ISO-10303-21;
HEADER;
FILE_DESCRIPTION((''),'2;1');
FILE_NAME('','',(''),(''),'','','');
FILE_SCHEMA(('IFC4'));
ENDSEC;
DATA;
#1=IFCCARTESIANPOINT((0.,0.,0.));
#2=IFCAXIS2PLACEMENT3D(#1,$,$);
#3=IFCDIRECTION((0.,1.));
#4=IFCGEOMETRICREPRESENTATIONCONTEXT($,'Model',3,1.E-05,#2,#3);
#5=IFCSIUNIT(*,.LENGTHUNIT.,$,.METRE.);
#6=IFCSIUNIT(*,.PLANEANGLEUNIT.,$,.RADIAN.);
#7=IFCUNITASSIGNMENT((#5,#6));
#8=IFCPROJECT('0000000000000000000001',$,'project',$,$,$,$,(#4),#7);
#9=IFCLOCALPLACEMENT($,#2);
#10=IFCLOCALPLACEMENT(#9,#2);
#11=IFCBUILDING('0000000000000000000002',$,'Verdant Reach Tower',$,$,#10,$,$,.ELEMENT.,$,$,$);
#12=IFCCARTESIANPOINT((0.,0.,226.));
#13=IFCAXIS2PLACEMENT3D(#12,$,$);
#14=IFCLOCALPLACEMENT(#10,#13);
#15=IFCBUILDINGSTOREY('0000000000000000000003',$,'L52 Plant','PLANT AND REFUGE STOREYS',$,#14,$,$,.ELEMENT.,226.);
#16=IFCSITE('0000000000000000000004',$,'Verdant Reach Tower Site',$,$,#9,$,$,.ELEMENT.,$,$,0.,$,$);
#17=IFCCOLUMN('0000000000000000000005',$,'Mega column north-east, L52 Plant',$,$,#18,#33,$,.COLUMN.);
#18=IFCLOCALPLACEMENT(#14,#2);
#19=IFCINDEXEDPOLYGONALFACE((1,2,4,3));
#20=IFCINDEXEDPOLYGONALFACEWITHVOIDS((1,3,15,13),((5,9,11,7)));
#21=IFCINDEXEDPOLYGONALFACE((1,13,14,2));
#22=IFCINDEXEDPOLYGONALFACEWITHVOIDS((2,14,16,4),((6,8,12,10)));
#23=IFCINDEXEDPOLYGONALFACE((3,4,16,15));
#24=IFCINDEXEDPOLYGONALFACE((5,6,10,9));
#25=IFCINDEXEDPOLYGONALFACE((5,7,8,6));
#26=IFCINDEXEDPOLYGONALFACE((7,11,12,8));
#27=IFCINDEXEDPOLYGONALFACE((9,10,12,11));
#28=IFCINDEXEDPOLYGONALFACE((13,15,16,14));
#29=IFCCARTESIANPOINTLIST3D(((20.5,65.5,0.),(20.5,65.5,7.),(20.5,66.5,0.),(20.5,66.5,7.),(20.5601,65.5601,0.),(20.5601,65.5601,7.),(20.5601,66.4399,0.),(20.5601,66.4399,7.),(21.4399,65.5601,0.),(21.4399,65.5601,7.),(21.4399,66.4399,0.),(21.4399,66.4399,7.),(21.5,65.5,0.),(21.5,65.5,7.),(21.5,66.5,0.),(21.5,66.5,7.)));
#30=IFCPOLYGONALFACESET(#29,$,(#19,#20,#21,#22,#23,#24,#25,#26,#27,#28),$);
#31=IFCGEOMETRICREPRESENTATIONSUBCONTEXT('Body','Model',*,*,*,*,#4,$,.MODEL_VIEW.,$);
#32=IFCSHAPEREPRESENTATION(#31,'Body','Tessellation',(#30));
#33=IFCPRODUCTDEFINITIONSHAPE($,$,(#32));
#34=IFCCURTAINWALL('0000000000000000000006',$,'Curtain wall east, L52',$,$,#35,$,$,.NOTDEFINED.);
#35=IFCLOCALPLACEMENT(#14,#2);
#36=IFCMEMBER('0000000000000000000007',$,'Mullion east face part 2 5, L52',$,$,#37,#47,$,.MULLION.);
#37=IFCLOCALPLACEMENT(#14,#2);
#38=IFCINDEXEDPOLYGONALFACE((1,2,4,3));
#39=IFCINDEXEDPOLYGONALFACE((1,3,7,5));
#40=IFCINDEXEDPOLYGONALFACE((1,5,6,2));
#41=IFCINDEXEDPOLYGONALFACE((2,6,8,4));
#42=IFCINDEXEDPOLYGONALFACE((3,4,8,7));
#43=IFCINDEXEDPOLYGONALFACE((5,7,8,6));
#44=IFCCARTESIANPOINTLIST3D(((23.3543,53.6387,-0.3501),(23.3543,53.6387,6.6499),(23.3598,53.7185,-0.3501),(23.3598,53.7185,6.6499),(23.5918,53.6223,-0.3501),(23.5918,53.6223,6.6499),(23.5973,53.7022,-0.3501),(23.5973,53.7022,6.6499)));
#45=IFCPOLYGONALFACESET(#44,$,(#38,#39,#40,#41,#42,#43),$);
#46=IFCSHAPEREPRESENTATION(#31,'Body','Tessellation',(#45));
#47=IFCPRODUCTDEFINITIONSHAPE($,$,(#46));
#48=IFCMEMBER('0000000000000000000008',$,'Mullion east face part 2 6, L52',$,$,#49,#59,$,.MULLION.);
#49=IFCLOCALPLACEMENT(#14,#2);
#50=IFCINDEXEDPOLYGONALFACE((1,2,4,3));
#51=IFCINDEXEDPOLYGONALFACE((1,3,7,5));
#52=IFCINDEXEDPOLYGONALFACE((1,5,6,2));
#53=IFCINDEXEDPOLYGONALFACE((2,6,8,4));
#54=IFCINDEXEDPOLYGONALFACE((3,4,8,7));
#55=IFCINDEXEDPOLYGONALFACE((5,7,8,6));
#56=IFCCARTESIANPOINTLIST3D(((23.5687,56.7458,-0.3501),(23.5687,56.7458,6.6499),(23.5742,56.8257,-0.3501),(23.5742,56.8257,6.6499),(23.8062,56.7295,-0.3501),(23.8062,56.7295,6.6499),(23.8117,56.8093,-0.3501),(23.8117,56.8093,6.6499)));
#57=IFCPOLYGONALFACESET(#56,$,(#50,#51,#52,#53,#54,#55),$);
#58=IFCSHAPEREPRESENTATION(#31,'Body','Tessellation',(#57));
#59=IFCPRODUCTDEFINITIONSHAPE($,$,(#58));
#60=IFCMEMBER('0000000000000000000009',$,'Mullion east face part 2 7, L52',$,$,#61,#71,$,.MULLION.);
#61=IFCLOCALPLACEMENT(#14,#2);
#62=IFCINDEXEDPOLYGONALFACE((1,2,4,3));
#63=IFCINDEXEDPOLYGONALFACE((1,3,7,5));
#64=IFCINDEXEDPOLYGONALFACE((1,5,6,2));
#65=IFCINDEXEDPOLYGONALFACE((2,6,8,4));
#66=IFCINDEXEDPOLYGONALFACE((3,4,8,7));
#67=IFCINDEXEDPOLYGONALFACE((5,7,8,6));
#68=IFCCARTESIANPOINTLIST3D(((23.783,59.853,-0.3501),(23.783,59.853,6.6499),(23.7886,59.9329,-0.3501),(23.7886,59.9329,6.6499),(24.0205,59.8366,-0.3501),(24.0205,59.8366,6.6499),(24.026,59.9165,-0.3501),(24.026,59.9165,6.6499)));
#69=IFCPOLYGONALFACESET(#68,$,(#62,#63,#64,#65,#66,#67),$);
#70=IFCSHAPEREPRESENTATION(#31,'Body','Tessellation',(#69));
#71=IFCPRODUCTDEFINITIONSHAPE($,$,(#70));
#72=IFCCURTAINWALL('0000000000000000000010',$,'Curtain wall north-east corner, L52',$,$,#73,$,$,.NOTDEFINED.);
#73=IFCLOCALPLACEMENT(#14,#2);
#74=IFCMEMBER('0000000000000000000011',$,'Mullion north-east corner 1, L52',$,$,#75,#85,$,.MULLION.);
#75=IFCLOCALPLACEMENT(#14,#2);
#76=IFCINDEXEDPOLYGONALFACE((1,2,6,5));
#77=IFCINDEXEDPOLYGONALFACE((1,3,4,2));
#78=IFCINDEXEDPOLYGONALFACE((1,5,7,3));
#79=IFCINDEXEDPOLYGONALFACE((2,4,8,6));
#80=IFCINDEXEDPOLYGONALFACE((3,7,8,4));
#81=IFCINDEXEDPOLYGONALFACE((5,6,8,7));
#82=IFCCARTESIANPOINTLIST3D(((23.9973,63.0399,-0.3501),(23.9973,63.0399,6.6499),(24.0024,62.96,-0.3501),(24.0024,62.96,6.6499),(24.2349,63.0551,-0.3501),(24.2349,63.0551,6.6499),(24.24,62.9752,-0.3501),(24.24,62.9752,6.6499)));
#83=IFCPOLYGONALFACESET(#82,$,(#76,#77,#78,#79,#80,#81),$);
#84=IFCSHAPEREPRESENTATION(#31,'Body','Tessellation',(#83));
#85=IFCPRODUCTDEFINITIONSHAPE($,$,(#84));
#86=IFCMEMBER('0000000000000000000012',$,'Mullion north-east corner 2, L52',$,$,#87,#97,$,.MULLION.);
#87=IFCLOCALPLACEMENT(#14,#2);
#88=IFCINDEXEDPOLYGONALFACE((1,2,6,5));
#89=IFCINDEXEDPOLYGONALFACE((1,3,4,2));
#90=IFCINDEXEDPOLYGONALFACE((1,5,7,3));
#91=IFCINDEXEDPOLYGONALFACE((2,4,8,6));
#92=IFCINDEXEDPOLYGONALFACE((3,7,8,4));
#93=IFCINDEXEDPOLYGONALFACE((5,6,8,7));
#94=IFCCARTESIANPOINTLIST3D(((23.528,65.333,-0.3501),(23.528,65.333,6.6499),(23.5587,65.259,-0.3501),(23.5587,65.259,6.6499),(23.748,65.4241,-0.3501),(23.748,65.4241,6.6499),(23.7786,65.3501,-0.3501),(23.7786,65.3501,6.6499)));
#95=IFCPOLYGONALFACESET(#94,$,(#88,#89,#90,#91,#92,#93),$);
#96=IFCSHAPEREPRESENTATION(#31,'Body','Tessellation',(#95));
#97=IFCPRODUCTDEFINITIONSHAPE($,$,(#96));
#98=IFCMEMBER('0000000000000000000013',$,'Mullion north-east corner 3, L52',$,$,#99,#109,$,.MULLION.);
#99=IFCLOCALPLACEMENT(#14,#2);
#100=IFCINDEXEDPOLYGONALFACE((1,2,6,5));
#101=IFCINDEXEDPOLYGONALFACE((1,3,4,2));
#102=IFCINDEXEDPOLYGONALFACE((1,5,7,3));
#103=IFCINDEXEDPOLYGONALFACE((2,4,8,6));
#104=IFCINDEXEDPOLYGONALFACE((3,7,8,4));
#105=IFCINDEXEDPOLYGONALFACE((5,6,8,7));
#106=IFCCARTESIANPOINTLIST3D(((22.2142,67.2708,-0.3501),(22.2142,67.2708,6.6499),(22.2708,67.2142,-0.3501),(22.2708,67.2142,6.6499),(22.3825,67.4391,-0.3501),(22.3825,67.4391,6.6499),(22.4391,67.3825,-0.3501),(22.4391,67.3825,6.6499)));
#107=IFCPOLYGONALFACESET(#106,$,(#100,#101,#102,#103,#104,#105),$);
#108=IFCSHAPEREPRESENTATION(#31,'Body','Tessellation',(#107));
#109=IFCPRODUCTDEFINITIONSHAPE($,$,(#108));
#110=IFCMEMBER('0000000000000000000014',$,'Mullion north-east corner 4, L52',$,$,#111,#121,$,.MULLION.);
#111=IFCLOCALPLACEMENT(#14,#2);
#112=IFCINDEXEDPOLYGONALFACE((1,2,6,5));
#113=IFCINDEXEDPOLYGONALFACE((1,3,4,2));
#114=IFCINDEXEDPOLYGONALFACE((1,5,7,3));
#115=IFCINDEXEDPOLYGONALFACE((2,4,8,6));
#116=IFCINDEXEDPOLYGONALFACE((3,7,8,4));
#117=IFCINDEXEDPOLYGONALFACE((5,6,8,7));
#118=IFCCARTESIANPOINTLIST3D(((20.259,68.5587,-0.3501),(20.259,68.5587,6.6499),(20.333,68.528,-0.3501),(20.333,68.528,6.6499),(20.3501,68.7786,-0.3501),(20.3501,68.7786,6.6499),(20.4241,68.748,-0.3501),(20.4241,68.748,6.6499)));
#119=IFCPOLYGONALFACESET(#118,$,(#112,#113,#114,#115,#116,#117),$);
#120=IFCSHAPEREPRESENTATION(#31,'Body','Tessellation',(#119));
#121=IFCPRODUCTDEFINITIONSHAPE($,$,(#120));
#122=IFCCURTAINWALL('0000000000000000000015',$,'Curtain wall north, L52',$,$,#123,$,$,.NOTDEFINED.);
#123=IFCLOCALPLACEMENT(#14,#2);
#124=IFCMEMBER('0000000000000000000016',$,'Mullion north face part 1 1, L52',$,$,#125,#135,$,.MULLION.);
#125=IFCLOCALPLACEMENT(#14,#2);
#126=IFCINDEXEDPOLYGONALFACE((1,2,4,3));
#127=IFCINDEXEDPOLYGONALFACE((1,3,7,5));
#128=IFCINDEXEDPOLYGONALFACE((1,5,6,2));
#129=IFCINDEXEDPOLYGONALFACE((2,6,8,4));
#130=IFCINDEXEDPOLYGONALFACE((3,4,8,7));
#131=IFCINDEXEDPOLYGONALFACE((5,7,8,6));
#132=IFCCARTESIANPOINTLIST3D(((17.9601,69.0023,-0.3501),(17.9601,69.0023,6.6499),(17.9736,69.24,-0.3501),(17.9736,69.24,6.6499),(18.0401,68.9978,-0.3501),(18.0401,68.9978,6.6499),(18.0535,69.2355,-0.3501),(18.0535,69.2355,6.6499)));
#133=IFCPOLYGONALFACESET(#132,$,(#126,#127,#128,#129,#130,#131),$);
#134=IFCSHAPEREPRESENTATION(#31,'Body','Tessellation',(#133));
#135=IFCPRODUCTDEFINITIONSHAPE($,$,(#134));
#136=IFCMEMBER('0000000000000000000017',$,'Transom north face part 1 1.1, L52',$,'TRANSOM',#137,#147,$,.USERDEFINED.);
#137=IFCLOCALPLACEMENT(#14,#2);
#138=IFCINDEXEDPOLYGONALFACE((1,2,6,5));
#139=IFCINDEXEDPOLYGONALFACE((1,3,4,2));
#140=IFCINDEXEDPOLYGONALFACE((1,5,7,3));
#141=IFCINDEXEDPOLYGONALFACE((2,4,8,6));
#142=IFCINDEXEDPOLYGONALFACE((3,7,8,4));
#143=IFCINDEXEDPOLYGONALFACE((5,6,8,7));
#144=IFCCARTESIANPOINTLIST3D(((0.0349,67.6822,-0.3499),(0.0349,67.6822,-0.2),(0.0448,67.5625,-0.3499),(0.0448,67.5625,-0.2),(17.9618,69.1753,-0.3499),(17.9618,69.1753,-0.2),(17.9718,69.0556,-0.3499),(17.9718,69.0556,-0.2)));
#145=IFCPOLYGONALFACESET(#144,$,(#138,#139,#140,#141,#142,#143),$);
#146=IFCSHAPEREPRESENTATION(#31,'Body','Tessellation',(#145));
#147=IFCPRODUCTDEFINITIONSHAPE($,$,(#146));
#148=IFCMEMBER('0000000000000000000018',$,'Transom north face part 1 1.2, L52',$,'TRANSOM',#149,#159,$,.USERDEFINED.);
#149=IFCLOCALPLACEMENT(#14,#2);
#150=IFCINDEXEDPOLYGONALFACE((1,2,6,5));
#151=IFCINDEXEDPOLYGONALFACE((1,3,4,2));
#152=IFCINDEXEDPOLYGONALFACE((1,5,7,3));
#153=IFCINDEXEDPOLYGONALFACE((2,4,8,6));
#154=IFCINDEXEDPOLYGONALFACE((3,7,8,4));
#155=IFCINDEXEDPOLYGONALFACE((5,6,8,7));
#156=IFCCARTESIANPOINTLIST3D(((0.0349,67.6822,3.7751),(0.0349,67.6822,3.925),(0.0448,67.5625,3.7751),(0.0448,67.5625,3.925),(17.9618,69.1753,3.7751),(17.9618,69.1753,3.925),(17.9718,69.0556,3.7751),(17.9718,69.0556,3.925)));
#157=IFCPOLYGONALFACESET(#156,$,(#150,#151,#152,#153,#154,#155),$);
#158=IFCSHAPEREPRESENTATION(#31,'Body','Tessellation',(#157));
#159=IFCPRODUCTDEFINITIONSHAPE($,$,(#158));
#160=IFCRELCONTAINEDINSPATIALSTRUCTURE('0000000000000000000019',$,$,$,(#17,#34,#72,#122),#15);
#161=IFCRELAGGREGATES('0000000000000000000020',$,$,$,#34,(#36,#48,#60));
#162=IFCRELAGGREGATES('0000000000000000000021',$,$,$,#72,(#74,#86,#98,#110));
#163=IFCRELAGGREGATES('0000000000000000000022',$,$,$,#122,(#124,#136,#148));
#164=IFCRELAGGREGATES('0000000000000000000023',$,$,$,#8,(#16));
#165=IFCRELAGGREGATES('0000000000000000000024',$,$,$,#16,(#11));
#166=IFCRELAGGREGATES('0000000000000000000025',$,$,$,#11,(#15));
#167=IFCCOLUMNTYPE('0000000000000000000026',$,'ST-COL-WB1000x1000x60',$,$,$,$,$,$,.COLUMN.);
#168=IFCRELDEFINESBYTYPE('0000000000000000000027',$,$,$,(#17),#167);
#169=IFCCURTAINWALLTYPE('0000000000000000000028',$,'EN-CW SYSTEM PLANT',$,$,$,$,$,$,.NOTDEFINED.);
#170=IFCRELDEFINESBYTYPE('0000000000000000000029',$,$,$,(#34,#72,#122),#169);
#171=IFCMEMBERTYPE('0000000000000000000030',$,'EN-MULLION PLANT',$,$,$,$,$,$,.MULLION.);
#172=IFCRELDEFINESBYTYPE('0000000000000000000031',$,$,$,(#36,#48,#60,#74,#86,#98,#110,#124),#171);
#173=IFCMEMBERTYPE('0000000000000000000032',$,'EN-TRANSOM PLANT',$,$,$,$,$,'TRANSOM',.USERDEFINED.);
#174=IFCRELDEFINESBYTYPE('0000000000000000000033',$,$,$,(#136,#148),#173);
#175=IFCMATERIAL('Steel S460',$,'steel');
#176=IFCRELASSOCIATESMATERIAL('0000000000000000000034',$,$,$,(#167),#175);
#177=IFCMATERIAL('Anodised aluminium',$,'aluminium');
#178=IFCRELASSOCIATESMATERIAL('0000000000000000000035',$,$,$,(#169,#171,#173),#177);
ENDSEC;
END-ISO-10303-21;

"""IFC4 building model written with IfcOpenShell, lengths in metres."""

from ifc_helpers import new_model, si_unit, direction, frame, origin, origin_2d, place, context, subcontext, project, spatial, rectangle, hollow_rectangle, extrude, material, material_profile, profile_set, type_object, element, aggregate, save


model = new_model("IFC4")

# Units and contexts
model_context = context("Model", 3, precision=1e-05, world=origin(), true_north=direction((0.0, 1.0)))
body_context = subcontext(model_context, "Body", "Model", "MODEL_VIEW")
ifc_project = project(units=[si_unit("LENGTHUNIT", "METRE"), si_unit("PLANEANGLEUNIT", "RADIAN")], contexts=[model_context])

# Site, building, storey
site_placement = place(None, origin())
site = spatial("IfcSite", under=ifc_project, at=site_placement, Name="Verdant Reach Tower Site", CompositionType="ELEMENT", RefElevation=0.0)
building_placement = place(site_placement, origin())
building = spatial("IfcBuilding", under=site, at=building_placement, Name="Verdant Reach Tower", CompositionType="ELEMENT")
storey_placement = place(building_placement, frame((0.0, 0.0, 226.0)))
storey = spatial("IfcBuildingStorey", under=building, at=storey_placement, Name="L52 Plant", Description="PLANT AND REFUGE STOREYS", CompositionType="ELEMENT", Elevation=226.0)

# Column
ifc_material_1 = material(Name="Steel S460", Category="steel")
ifc_material_profile_1 = material_profile(ifc_material_1, hollow_rectangle(XDim=1.0, YDim=1.0, WallThickness=0.0601, at=origin_2d()), Name="WB 1000x1000x60")
ifc_profile_set_1 = profile_set([ifc_material_profile_1], Name="Steel S460")
column_type = type_object("IfcColumnType", Name="ST-COL-WB1000x1000x60", PredefinedType="COLUMN", material=ifc_profile_set_1)
column_placement = place(storey_placement, frame((21.0, 66.0, 0.0), z_axis=(0.0, 0.0, 1.0), x_axis=(1.0, 0.0, 0.0)))
element("IfcColumn", 1, at=column_placement, inside=storey, type_object=column_type, Name="Mega column north-east, L52 Plant", PredefinedType="COLUMN", context=body_context, shape_type="SweptSolid", body=[
    extrude(hollow_rectangle(XDim=1.0, YDim=1.0, WallThickness=0.0601, at=origin_2d()), origin(), (0.0, 0.0, 1.0), 7.0),
])

# Curtain walls, members
ifc_material_2 = material(Name="Anodised aluminium", Category="aluminium")
curtain_wall_type = type_object("IfcCurtainWallType", Name="EN-CW SYSTEM PLANT", PredefinedType="NOTDEFINED", material=ifc_material_2)
curtain_wall_1_placement = place(storey_placement, origin())
curtain_wall_1 = element("IfcCurtainWall", 2, at=curtain_wall_1_placement, inside=storey, type_object=curtain_wall_type, Name="Curtain wall east, L52", PredefinedType="NOTDEFINED")
ifc_material_profile_2 = material_profile(ifc_material_2, rectangle(XDim=0.238, YDim=0.0801, at=origin_2d()), Name="Mullion 80x240")
ifc_profile_set_2 = profile_set([ifc_material_profile_2], Name="Anodised aluminium")
member_type_1 = type_object("IfcMemberType", Name="EN-MULLION PLANT", PredefinedType="MULLION", material=ifc_profile_set_2)
member_1_placement = place(storey_placement, frame((23.4758, 53.6704, -0.3501), z_axis=(0.0, 0.0, 1.0), x_axis=(0.99763, -0.068802, 0.0)))
member_1 = element("IfcMember", 3, at=member_1_placement, type_object=member_type_1, Name="Mullion east face part 2 5, L52", PredefinedType="MULLION", context=body_context, shape_type="SweptSolid", body=[
    extrude(rectangle(XDim=0.238, YDim=0.0801, at=origin_2d()), origin(), (0.0, 0.0, 1.0), 7.0),
])
member_2_placement = place(storey_placement, frame((23.6902, 56.7776, -0.3501), z_axis=(0.0, 0.0, 1.0), x_axis=(0.99763, -0.068802, 0.0)))
member_2 = element("IfcMember", 4, at=member_2_placement, type_object=member_type_1, Name="Mullion east face part 2 6, L52", PredefinedType="MULLION", context=body_context, shape_type="SweptSolid", body=[
    extrude(rectangle(XDim=0.238, YDim=0.0801, at=origin_2d()), origin(), (0.0, 0.0, 1.0), 7.0),
])
member_3_placement = place(storey_placement, frame((23.9045, 59.8848, -0.3501), z_axis=(0.0, 0.0, 1.0), x_axis=(0.99763, -0.068802, 0.0)))
member_3 = element("IfcMember", 5, at=member_3_placement, type_object=member_type_1, Name="Mullion east face part 2 7, L52", PredefinedType="MULLION", context=body_context, shape_type="SweptSolid", body=[
    extrude(rectangle(XDim=0.238, YDim=0.0801, at=origin_2d()), origin(), (0.0, 0.0, 1.0), 7.0),
])
curtain_wall_2_placement = place(storey_placement, origin())
curtain_wall_2 = element("IfcCurtainWall", 6, at=curtain_wall_2_placement, inside=storey, type_object=curtain_wall_type, Name="Curtain wall north-east corner, L52", PredefinedType="NOTDEFINED")
member_4_placement = place(storey_placement, frame((24.1187, 63.0076, -0.3501), z_axis=(0.0, 0.0, 1.0), x_axis=(0.997969, 0.063699, 0.0)))
member_4 = element("IfcMember", 7, at=member_4_placement, type_object=member_type_1, Name="Mullion north-east corner 1, L52", PredefinedType="MULLION", context=body_context, shape_type="SweptSolid", body=[
    extrude(rectangle(XDim=0.238, YDim=0.0801, at=origin_2d()), origin(), (0.0, 0.0, 1.0), 7.0),
])
member_5_placement = place(storey_placement, frame((23.6533, 65.3416, -0.3501), z_axis=(0.0, 0.0, 1.0), x_axis=(0.923875, 0.382694, 0.0)))
member_5 = element("IfcMember", 8, at=member_5_placement, type_object=member_type_1, Name="Mullion north-east corner 2, L52", PredefinedType="MULLION", context=body_context, shape_type="SweptSolid", body=[
    extrude(rectangle(XDim=0.238, YDim=0.0801, at=origin_2d()), origin(), (0.0, 0.0, 1.0), 7.0),
])
member_6_placement = place(storey_placement, frame((22.3267, 67.3267, -0.3501), z_axis=(0.0, 0.0, 1.0), x_axis=(0.707107, 0.707107, 0.0)))
member_6 = element("IfcMember", 9, at=member_6_placement, type_object=member_type_1, Name="Mullion north-east corner 3, L52", PredefinedType="MULLION", context=body_context, shape_type="SweptSolid", body=[
    extrude(rectangle(XDim=0.238, YDim=0.0801, at=origin_2d()), origin(), (0.0, 0.0, 1.0), 7.0),
])
member_7_placement = place(storey_placement, frame((20.3416, 68.6533, -0.3501), z_axis=(0.0, 0.0, 1.0), x_axis=(0.382694, 0.923875, 0.0)))
member_7 = element("IfcMember", 10, at=member_7_placement, type_object=member_type_1, Name="Mullion north-east corner 4, L52", PredefinedType="MULLION", context=body_context, shape_type="SweptSolid", body=[
    extrude(rectangle(XDim=0.238, YDim=0.0801, at=origin_2d()), origin(), (0.0, 0.0, 1.0), 7.0),
])
curtain_wall_3_placement = place(storey_placement, origin())
curtain_wall_3 = element("IfcCurtainWall", 11, at=curtain_wall_3_placement, inside=storey, type_object=curtain_wall_type, Name="Curtain wall north, L52", PredefinedType="NOTDEFINED")
member_8_placement = place(storey_placement, frame((18.0068, 69.1189, -0.3501), z_axis=(0.0, 0.0, 1.0), x_axis=(0.056569, 0.998399, 0.0)))
member_8 = element("IfcMember", 12, at=member_8_placement, type_object=member_type_1, Name="Mullion north face part 1 1, L52", PredefinedType="MULLION", context=body_context, shape_type="SweptSolid", body=[
    extrude(rectangle(XDim=0.238, YDim=0.0801, at=origin_2d()), origin(), (0.0, 0.0, 1.0), 7.0),
])
ifc_material_profile_3 = material_profile(ifc_material_2, rectangle(XDim=0.1201, YDim=0.1499, at=origin_2d()), Name="Transom 150x120")
ifc_profile_set_3 = profile_set([ifc_material_profile_3], Name="Anodised aluminium")
member_type_2 = type_object("IfcMemberType", Name="EN-TRANSOM PLANT", ElementType="TRANSOM", PredefinedType="USERDEFINED", material=ifc_profile_set_3)
member_9_placement = place(storey_placement, frame((17.9668, 69.1155, -0.2749), z_axis=(-0.996549, -0.083004, 0.0), x_axis=(0.083004, -0.996549, 0.0)))
member_9 = element("IfcMember", 13, at=member_9_placement, type_object=member_type_2, Name="Transom north face part 1 1.1, L52", ObjectType="TRANSOM", PredefinedType="USERDEFINED", context=body_context, shape_type="SweptSolid", body=[
    extrude(rectangle(XDim=0.1201, YDim=0.1499, at=origin_2d()), origin(), (0.0, 0.0, 1.0), 17.989),
])
member_10_placement = place(storey_placement, frame((17.9668, 69.1155, 3.8501), z_axis=(-0.996549, -0.083004, 0.0), x_axis=(0.083004, -0.996549, 0.0)))
member_10 = element("IfcMember", 14, at=member_10_placement, type_object=member_type_2, Name="Transom north face part 1 1.2, L52", ObjectType="TRANSOM", PredefinedType="USERDEFINED", context=body_context, shape_type="SweptSolid", body=[
    extrude(rectangle(XDim=0.1201, YDim=0.1499, at=origin_2d()), origin(), (0.0, 0.0, 1.0), 17.989),
])

aggregate(curtain_wall_1, [member_1, member_2, member_3])
aggregate(curtain_wall_2, [member_4, member_5, member_6, member_7])
aggregate(curtain_wall_3, [member_8, member_9, member_10])

save(model, "model.ifc")
